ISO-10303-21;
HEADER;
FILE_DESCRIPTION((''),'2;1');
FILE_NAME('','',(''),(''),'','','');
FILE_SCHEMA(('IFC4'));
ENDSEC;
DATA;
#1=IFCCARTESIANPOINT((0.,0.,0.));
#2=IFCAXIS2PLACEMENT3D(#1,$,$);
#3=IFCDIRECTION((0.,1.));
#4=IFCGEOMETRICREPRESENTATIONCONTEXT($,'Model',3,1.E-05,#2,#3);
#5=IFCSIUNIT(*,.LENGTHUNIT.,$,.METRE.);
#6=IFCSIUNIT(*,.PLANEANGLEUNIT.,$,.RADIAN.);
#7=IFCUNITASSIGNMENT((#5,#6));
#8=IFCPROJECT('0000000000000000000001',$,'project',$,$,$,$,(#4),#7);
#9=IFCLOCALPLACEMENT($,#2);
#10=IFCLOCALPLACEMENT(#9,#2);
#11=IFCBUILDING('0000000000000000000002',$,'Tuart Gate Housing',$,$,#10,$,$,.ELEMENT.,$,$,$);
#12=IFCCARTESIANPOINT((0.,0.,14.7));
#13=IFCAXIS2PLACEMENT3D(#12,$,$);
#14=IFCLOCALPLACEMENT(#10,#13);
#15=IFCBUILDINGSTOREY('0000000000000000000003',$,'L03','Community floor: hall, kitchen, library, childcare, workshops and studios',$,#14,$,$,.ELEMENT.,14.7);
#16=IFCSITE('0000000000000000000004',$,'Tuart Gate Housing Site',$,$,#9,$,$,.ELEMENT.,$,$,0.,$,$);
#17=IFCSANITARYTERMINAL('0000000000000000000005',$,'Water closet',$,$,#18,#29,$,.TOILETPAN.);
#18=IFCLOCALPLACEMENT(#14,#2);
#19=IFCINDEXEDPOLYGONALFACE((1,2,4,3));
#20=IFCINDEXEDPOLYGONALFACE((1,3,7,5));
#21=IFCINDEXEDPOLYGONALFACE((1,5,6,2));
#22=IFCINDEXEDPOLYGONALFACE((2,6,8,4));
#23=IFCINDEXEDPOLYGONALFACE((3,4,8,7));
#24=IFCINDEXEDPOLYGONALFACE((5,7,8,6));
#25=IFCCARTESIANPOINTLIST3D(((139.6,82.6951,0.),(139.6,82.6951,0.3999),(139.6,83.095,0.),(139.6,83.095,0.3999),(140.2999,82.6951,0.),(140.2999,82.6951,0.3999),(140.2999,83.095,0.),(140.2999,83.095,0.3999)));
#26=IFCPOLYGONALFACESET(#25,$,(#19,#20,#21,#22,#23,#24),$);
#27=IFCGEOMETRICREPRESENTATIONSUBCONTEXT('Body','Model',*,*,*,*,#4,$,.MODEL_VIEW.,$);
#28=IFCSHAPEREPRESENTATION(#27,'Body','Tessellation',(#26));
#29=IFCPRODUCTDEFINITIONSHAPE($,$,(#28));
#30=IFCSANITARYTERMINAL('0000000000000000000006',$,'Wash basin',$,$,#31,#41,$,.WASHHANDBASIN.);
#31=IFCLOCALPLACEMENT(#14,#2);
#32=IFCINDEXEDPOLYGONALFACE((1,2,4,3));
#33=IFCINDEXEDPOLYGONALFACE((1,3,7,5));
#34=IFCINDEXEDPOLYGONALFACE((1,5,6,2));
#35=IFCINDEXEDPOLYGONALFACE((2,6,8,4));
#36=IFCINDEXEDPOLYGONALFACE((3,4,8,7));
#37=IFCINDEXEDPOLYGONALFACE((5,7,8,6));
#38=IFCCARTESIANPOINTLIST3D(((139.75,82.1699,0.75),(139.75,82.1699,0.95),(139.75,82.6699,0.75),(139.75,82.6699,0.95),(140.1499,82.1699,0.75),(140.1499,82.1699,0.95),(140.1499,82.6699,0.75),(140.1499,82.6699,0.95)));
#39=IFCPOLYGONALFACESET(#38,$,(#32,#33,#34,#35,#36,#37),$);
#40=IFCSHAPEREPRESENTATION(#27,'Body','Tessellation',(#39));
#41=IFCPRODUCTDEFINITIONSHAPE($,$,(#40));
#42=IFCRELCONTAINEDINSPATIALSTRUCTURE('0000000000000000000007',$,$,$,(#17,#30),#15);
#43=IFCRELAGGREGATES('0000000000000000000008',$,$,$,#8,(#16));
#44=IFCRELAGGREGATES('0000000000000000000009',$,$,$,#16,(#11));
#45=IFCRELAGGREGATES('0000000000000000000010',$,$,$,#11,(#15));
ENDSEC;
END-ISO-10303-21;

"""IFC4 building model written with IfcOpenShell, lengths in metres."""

from ifc_helpers import new_model, si_unit, direction, frame, origin, origin_2d, place, context, subcontext, project, spatial, rectangle, extrude, element, save


model = new_model("IFC4")

# Units and contexts
model_context = context("Model", 3, precision=1e-05, world=origin(), true_north=direction((0.0, 1.0)))
body_context = subcontext(model_context, "Body", "Model", "MODEL_VIEW")
ifc_project = project(units=[si_unit("LENGTHUNIT", "METRE"), si_unit("PLANEANGLEUNIT", "RADIAN")], contexts=[model_context])

# Site, building, storey
site_placement = place(None, origin())
site = spatial("IfcSite", under=ifc_project, at=site_placement, Name="Tuart Gate Housing Site", CompositionType="ELEMENT", RefElevation=0.0)
building_placement = place(site_placement, origin())
building = spatial("IfcBuilding", under=site, at=building_placement, Name="Tuart Gate Housing", CompositionType="ELEMENT")
storey_placement = place(building_placement, frame((0.0, 0.0, 14.7)))
storey = spatial("IfcBuildingStorey", under=building, at=storey_placement, Name="L03", Description="Community floor: hall, kitchen, library, childcare, workshops and studios", CompositionType="ELEMENT", Elevation=14.7)

# Sanitary terminals
for number, where, z_axis, x_axis, name in (
    (1, (139.95, 82.895, 0.0), (0.0, 0.0, 1.0), (1.0, 0.0, 0.0), "Water closet"),
):
    element("IfcSanitaryTerminal", number, at=place(storey_placement, frame(where, z_axis=z_axis, x_axis=x_axis)), inside=storey, Name=name, PredefinedType="TOILETPAN", context=body_context, shape_type="SweptSolid", body=[
        extrude(rectangle(XDim=0.7, YDim=0.3999, at=origin_2d()), origin(), (0.0, 0.0, 1.0), 0.3999),
    ])
sanitary_terminal_1_placement = place(storey_placement, frame((139.95, 82.4199, 0.75), z_axis=(0.0, 0.0, 1.0), x_axis=(1.0, 0.0, 0.0)))
element("IfcSanitaryTerminal", 2, at=sanitary_terminal_1_placement, inside=storey, Name="Wash basin", PredefinedType="WASHHANDBASIN", context=body_context, shape_type="SweptSolid", body=[
    extrude(rectangle(XDim=0.3999, YDim=0.5, at=origin_2d()), origin(), (0.0, 0.0, 1.0), 0.2),
])

save(model, "model.ifc")
